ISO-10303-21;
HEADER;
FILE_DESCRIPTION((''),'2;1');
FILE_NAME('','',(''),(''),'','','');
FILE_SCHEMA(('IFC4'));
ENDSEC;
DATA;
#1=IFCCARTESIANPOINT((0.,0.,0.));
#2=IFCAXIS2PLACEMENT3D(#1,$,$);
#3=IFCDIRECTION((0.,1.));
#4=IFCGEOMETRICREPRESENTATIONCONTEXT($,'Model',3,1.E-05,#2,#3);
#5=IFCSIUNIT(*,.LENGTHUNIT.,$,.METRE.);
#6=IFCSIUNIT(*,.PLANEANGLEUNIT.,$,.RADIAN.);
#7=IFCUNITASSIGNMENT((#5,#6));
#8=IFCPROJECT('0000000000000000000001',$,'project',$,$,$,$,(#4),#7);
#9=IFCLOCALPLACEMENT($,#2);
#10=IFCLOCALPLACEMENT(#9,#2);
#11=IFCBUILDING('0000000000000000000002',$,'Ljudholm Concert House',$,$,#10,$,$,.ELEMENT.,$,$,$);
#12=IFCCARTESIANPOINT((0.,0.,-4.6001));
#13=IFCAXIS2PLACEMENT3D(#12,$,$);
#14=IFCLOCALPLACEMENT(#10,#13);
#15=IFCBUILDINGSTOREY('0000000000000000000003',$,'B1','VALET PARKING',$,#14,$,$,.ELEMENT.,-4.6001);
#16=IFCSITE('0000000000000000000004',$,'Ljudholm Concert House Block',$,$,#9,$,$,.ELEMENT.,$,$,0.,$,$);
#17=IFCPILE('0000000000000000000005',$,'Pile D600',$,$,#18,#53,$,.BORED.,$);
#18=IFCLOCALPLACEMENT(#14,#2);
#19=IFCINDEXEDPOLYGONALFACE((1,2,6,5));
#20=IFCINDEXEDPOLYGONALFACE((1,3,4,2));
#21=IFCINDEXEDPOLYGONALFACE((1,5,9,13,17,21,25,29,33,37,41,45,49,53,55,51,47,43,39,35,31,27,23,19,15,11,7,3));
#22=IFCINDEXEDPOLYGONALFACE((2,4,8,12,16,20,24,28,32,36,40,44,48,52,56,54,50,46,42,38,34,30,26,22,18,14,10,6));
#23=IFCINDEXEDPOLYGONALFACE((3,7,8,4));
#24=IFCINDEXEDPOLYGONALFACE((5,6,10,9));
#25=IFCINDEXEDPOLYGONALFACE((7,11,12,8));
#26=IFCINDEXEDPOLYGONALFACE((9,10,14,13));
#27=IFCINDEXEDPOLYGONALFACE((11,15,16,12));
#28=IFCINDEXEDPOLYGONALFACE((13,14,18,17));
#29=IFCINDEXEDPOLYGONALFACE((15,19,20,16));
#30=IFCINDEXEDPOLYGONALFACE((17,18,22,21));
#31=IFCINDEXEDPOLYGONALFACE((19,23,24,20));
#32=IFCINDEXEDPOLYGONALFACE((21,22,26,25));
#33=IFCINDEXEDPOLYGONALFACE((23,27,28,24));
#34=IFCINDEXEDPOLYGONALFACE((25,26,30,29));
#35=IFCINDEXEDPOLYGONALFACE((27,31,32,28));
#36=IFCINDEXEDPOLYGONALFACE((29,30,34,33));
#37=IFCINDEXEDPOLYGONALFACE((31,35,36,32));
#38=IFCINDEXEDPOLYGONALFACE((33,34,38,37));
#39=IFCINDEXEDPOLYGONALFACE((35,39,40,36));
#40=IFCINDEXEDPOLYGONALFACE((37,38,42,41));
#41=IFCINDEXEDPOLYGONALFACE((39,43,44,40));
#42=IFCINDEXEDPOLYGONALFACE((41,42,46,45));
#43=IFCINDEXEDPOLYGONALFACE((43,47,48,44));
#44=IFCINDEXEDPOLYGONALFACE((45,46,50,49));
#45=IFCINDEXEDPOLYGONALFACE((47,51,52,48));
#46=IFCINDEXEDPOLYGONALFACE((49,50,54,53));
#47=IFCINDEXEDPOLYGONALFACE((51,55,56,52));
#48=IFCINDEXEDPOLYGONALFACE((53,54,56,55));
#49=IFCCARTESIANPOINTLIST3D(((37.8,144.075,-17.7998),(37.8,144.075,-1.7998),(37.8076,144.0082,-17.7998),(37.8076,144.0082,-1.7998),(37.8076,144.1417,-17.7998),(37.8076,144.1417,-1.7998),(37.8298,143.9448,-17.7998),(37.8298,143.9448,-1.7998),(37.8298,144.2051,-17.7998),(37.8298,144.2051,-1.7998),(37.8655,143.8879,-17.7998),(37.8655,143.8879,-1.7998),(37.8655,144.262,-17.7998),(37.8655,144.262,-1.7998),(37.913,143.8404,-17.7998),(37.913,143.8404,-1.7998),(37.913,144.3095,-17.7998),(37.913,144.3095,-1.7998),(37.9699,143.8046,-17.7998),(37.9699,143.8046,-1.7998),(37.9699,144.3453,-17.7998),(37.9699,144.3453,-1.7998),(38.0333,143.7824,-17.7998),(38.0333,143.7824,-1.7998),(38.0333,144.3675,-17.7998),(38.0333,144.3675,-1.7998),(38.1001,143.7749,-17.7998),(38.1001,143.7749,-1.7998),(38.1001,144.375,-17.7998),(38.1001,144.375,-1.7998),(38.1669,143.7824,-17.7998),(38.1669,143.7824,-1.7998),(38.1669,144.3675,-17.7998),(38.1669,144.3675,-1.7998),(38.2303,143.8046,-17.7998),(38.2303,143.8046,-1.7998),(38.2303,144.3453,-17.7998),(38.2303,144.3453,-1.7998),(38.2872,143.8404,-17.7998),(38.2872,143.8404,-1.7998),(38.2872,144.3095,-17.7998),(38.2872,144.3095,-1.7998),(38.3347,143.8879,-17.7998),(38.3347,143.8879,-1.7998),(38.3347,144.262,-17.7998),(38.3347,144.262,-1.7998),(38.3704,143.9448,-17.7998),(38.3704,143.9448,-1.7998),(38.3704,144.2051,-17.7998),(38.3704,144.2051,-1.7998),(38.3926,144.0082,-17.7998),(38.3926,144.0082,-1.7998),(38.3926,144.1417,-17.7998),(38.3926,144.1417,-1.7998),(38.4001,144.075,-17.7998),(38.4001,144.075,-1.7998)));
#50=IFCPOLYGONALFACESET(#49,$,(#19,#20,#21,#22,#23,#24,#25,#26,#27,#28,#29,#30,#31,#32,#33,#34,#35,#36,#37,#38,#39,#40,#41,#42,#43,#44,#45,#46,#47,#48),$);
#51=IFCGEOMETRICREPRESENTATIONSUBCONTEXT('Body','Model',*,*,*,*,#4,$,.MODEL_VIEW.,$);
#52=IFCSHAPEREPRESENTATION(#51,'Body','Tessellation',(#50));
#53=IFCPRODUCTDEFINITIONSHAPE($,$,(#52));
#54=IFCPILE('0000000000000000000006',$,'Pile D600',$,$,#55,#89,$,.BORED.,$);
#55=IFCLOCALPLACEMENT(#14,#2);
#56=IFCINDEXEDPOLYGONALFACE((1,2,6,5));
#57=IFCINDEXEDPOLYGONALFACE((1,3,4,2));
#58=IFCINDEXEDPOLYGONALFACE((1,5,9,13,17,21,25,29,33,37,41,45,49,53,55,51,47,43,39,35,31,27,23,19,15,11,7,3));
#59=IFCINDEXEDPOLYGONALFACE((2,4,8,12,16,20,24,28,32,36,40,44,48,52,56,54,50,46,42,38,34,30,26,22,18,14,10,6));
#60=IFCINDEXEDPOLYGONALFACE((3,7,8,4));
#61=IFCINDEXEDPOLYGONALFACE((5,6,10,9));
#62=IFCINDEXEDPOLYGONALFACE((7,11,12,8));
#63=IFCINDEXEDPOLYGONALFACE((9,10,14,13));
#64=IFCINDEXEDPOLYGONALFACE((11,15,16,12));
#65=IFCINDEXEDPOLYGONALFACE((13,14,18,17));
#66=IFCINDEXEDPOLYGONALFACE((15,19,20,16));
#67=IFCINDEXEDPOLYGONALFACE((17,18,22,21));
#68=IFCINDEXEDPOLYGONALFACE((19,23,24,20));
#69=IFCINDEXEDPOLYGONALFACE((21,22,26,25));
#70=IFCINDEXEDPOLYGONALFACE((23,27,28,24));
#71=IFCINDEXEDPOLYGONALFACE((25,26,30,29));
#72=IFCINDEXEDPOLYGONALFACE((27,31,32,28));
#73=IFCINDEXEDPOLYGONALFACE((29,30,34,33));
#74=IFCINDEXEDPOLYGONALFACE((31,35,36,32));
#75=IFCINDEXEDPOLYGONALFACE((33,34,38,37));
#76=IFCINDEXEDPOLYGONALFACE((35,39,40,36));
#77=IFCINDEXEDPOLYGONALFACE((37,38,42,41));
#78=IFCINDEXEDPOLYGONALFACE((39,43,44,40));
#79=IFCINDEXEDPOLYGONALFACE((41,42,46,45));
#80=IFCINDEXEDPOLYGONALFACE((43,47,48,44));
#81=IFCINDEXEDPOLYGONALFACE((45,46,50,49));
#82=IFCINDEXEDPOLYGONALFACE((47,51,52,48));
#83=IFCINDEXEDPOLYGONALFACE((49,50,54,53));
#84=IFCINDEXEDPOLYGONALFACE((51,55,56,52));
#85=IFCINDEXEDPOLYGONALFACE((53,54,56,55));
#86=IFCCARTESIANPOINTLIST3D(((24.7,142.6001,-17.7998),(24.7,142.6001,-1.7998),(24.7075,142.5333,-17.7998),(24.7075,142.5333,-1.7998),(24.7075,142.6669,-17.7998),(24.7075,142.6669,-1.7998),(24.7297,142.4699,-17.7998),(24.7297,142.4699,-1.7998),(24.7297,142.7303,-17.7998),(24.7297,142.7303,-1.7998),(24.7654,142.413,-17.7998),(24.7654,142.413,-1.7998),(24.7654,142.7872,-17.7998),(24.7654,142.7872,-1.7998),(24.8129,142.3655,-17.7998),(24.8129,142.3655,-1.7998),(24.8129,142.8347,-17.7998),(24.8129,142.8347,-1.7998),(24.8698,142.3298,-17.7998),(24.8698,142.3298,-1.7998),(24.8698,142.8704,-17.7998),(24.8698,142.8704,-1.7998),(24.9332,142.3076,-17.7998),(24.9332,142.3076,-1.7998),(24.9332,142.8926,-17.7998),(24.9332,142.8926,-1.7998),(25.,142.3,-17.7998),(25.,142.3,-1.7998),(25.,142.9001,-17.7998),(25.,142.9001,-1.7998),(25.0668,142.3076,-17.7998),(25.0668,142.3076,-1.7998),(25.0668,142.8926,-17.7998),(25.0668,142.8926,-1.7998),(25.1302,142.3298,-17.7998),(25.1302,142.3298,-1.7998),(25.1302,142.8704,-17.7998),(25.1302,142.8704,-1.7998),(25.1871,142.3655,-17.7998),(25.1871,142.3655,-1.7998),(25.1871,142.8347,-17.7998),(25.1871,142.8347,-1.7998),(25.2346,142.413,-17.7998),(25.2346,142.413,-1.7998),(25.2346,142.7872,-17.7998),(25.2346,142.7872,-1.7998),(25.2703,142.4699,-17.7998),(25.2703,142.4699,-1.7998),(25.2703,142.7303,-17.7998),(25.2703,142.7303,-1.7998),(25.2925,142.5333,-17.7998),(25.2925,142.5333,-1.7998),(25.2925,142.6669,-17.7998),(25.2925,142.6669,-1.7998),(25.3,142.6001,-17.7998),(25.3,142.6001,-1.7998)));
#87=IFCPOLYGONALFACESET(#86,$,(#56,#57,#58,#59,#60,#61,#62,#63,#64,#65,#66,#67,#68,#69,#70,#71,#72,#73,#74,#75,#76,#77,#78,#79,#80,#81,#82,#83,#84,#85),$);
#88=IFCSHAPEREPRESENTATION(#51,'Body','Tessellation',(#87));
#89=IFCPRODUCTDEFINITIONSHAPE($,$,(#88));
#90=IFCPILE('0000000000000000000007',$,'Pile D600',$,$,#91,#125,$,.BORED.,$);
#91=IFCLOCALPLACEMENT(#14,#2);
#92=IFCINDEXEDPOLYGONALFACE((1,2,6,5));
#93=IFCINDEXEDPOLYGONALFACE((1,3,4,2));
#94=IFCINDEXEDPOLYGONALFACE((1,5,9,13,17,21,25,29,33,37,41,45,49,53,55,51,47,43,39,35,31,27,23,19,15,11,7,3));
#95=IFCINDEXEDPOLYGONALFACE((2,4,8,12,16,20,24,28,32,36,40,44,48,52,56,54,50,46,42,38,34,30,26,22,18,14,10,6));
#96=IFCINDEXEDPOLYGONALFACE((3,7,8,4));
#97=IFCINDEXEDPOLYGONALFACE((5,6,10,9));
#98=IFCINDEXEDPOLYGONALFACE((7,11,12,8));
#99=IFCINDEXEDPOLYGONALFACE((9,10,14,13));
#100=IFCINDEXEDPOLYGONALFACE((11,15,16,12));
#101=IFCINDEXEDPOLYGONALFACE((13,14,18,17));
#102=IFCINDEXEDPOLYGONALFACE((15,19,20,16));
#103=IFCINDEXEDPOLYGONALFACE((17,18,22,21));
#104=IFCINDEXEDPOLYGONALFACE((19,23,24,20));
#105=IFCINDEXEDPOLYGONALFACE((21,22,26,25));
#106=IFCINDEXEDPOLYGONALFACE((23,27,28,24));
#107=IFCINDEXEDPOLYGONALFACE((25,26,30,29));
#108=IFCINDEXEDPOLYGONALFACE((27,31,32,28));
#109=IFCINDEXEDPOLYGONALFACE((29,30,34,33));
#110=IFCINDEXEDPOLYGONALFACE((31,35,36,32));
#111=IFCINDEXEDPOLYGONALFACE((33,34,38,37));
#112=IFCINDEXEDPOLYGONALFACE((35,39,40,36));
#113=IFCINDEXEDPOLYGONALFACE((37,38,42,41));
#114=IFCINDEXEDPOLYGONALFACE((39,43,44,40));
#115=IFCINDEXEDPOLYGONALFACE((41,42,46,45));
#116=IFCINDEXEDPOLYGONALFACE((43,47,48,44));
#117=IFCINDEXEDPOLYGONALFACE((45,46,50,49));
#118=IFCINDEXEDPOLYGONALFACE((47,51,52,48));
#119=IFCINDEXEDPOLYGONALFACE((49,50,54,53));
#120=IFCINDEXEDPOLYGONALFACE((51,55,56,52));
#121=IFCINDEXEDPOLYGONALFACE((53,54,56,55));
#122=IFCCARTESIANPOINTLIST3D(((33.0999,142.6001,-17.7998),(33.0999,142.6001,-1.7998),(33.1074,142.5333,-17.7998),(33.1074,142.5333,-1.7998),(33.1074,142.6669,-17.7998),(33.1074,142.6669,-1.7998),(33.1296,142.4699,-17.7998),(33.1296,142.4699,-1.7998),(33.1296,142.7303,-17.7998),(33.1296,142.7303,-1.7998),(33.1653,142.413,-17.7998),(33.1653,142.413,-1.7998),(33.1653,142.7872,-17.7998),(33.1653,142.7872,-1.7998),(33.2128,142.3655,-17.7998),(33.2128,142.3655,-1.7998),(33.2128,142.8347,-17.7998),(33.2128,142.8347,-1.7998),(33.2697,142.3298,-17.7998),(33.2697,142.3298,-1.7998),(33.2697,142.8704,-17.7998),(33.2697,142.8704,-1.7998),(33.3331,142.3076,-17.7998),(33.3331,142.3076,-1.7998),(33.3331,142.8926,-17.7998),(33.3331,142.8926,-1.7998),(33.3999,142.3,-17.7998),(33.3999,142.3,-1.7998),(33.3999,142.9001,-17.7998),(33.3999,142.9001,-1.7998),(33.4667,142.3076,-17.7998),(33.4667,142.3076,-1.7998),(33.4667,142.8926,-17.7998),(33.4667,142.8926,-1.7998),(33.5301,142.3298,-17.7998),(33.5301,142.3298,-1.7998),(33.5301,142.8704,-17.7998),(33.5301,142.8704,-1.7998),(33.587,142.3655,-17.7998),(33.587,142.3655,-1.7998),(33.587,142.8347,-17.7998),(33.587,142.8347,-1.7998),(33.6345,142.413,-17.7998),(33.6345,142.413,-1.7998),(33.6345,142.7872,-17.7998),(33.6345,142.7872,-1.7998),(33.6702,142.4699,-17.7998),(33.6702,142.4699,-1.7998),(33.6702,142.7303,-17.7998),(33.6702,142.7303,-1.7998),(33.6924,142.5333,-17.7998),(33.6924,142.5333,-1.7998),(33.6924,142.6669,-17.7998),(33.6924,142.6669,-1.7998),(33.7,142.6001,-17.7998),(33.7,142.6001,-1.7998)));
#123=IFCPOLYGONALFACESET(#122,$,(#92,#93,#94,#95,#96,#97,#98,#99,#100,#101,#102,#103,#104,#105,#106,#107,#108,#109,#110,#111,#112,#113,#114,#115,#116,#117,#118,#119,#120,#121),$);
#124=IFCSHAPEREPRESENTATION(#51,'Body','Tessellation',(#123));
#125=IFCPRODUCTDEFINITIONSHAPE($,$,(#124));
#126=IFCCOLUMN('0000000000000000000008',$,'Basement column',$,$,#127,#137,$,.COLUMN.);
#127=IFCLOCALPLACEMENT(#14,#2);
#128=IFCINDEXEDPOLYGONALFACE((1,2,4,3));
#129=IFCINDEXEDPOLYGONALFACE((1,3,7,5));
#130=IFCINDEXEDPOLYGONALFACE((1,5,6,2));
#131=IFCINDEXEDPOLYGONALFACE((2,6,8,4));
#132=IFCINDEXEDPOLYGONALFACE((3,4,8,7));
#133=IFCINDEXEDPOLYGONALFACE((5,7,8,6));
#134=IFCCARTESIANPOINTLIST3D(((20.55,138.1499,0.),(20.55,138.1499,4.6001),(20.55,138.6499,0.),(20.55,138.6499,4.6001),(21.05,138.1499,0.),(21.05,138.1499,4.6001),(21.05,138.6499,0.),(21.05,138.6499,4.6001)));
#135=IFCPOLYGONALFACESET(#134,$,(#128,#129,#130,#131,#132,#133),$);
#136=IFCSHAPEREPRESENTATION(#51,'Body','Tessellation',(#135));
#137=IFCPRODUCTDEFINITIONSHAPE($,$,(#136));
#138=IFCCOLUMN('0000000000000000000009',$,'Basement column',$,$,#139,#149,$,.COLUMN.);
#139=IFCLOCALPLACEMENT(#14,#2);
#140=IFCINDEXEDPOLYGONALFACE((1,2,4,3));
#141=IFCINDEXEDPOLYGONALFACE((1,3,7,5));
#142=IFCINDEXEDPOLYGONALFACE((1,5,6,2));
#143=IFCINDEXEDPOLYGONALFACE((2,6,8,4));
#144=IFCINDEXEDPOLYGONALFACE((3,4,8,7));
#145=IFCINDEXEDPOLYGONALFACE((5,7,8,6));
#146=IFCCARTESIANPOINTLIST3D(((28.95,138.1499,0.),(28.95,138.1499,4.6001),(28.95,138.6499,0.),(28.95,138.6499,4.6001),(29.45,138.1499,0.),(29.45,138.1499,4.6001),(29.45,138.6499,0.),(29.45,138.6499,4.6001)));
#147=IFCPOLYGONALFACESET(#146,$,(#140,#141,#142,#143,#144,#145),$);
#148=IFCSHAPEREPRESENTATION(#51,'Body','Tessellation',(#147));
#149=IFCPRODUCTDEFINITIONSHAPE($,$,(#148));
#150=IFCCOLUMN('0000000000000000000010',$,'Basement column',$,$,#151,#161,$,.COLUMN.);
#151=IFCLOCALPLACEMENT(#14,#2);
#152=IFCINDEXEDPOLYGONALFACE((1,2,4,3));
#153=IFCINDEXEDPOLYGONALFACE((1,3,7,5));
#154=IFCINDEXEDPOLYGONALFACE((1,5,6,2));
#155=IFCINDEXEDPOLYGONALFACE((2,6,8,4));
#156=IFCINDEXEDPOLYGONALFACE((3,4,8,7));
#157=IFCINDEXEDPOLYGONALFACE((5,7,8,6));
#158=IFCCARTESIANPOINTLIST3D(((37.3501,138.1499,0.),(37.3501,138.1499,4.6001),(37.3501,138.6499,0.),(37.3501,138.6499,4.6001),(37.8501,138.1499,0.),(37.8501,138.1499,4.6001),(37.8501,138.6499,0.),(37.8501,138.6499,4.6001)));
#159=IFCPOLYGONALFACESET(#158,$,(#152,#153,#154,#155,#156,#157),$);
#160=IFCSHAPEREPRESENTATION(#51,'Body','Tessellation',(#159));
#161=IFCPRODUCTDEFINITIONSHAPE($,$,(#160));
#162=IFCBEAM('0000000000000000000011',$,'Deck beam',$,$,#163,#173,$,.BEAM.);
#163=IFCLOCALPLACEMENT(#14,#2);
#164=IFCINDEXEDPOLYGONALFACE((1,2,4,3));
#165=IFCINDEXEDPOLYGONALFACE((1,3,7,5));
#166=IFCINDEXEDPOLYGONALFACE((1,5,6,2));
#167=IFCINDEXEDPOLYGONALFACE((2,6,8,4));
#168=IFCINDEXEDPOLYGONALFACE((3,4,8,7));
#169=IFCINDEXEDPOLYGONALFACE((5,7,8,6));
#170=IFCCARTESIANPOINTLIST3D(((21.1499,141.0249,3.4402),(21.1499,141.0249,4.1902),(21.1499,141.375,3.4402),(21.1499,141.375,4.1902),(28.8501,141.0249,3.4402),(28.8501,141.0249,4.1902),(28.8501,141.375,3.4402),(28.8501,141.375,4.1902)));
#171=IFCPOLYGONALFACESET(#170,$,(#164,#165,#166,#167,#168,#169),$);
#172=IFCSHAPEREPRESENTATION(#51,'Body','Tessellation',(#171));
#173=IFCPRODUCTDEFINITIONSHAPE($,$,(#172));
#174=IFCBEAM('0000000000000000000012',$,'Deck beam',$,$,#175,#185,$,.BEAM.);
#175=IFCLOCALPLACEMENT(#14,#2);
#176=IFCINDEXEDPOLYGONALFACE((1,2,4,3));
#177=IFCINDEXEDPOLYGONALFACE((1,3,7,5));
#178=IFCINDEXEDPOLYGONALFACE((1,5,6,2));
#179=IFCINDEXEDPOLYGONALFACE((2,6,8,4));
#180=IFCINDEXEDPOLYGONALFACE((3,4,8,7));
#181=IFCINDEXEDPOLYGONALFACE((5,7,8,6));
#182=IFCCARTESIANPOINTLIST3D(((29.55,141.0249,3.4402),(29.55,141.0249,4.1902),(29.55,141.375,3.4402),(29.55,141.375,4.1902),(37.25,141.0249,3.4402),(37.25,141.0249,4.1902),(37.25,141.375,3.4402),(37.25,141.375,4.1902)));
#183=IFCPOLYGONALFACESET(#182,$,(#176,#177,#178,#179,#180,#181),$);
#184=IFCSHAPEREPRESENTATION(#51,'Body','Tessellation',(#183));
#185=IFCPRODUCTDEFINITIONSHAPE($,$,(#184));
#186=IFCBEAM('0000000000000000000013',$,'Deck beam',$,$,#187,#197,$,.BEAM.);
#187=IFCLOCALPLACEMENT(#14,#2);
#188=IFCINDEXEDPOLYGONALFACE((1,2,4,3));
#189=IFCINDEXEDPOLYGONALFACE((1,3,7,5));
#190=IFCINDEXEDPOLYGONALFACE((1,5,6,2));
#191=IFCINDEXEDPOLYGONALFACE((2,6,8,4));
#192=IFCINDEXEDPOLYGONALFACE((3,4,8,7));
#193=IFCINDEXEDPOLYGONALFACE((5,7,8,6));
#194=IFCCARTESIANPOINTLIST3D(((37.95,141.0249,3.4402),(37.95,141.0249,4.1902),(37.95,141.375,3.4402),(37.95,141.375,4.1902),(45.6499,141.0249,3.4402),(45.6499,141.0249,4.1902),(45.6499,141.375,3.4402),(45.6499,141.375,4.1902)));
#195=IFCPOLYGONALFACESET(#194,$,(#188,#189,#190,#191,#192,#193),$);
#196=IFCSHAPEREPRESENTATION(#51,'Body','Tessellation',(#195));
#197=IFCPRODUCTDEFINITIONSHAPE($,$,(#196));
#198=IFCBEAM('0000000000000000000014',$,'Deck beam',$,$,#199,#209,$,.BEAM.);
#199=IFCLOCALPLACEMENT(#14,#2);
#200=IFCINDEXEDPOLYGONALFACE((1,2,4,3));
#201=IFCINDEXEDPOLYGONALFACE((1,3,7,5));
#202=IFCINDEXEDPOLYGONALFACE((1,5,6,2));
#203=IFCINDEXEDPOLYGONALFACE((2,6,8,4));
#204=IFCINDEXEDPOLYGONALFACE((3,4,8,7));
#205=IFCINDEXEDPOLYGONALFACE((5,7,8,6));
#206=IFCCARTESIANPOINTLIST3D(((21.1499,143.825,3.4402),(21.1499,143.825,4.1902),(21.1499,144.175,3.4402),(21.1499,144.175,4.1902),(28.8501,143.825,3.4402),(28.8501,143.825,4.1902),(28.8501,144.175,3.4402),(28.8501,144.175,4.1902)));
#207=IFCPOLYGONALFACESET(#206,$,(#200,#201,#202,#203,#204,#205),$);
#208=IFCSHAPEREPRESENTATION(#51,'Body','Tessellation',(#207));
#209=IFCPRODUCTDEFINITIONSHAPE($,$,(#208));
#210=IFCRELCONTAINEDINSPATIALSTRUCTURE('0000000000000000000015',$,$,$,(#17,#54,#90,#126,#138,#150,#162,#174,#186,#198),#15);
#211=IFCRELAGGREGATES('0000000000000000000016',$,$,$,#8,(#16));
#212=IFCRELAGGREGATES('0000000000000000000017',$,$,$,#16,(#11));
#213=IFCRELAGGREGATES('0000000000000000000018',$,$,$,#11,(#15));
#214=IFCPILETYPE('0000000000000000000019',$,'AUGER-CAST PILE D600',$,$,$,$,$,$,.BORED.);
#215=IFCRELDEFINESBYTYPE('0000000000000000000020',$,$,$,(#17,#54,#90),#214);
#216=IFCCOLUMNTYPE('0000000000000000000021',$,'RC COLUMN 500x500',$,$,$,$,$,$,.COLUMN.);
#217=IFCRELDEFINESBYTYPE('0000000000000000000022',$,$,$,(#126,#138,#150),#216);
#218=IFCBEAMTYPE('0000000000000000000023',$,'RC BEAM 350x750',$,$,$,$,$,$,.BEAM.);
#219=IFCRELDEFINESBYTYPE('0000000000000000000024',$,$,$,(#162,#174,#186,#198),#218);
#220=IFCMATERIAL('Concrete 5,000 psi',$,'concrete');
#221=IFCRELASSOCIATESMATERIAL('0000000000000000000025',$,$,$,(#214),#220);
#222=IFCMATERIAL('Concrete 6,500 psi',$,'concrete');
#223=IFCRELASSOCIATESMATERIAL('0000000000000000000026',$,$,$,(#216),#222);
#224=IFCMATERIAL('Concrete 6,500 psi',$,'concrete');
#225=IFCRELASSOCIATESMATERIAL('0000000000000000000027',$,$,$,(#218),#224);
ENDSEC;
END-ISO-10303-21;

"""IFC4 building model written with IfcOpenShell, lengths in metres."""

from ifc_helpers import new_model, si_unit, direction, frame, origin, origin_2d, place, context, subcontext, project, spatial, rectangle, circle, extrude, material, material_profile, profile_set, type_object, element, save


model = new_model("IFC4")

# Units and contexts
model_context = context("Model", 3, precision=1e-05, world=origin(), true_north=direction((0.0, 1.0)))
body_context = subcontext(model_context, "Body", "Model", "MODEL_VIEW")
ifc_project = project(units=[si_unit("LENGTHUNIT", "METRE"), si_unit("PLANEANGLEUNIT", "RADIAN")], contexts=[model_context])

# Site, building, storey
site_placement = place(None, origin())
site = spatial("IfcSite", under=ifc_project, at=site_placement, Name="Ljudholm Concert House Block", CompositionType="ELEMENT", RefElevation=0.0)
building_placement = place(site_placement, origin())
building = spatial("IfcBuilding", under=site, at=building_placement, Name="Ljudholm Concert House", CompositionType="ELEMENT")
storey_placement = place(building_placement, frame((0.0, 0.0, -4.6001)))
storey = spatial("IfcBuildingStorey", under=building, at=storey_placement, Name="B1", Description="VALET PARKING", CompositionType="ELEMENT", Elevation=-4.6001)

# Piles
ifc_material_1 = material(Name="Concrete 5,000 psi", Category="concrete")
ifc_material_profile_1 = material_profile(ifc_material_1, circle(Radius=0.3, at=origin_2d()), Name="AUGER-CAST PILE D600")
ifc_profile_set_1 = profile_set([ifc_material_profile_1], Name="Concrete 5,000 psi")
pile_type = type_object("IfcPileType", Name="AUGER-CAST PILE D600", PredefinedType="BORED", material=ifc_profile_set_1)
for number, where, z_axis, x_axis, name in (
    (1, (38.1001, 144.075, -1.7998), (0.0, 0.0, -1.0), (1.0, 0.0, 0.0), "Pile D600"),
    (2, (25.0, 142.6001, -1.7998), (0.0, 0.0, -1.0), (1.0, 0.0, 0.0), "Pile D600"),
    (3, (33.3999, 142.6001, -1.7998), (0.0, 0.0, -1.0), (1.0, 0.0, 0.0), "Pile D600"),
):
    element("IfcPile", number, at=place(storey_placement, frame(where, z_axis=z_axis, x_axis=x_axis)), inside=storey, type_object=pile_type, Name=name, PredefinedType="BORED", context=body_context, shape_type="SweptSolid", body=[
        extrude(circle(Radius=0.3, at=origin_2d()), origin(), (0.0, 0.0, 1.0), 16.0),
    ])

# Columns
ifc_material_2 = material(Name="Concrete 6,500 psi", Category="concrete")
ifc_material_profile_2 = material_profile(ifc_material_2, rectangle(XDim=0.5, YDim=0.5, at=origin_2d()), Name="RC COLUMN 500x500")
ifc_profile_set_2 = profile_set([ifc_material_profile_2], Name="Concrete 6,500 psi")
column_type = type_object("IfcColumnType", Name="RC COLUMN 500x500", PredefinedType="COLUMN", material=ifc_profile_set_2)
for number, where, z_axis, x_axis, name in (
    (4, (20.8, 138.3999, 0.0), (0.0, 0.0, 1.0), (1.0, 0.0, 0.0), "Basement column"),
    (5, (29.2, 138.3999, 0.0), (0.0, 0.0, 1.0), (1.0, 0.0, 0.0), "Basement column"),
    (6, (37.6001, 138.3999, 0.0), (0.0, 0.0, 1.0), (1.0, 0.0, 0.0), "Basement column"),
):
    element("IfcColumn", number, at=place(storey_placement, frame(where, z_axis=z_axis, x_axis=x_axis)), inside=storey, type_object=column_type, Name=name, PredefinedType="COLUMN", context=body_context, shape_type="SweptSolid", body=[
        extrude(rectangle(XDim=0.5, YDim=0.5, at=origin_2d()), origin(), (0.0, 0.0, 1.0), 4.6001),
    ])

# Beams
ifc_material_3 = material(Name="Concrete 6,500 psi", Category="concrete")
ifc_material_profile_3 = material_profile(ifc_material_3, rectangle(XDim=0.3501, YDim=0.75, at=origin_2d()), Name="RC BEAM 350x750")
ifc_profile_set_3 = profile_set([ifc_material_profile_3], Name="Concrete 6,500 psi")
beam_type_1 = type_object("IfcBeamType", Name="RC BEAM 350x750", PredefinedType="BEAM", material=ifc_profile_set_3)
beam_1_placement = place(storey_placement, frame((21.1499, 141.2, 3.8152), z_axis=(1.0, 0.0, 0.0), x_axis=(0.0, 1.0, 0.0)))
element("IfcBeam", 7, at=beam_1_placement, inside=storey, type_object=beam_type_1, Name="Deck beam", PredefinedType="BEAM", context=body_context, shape_type="SweptSolid", body=[
    extrude(rectangle(XDim=0.3501, YDim=0.75, at=origin_2d()), origin(), (0.0, 0.0, 1.0), 7.7002),
])
for number, where, z_axis, x_axis, name in (
    (8, (29.55, 141.2, 3.8152), (1.0, 0.0, 0.0), (0.0, 1.0, 0.0), "Deck beam"),
    (9, (37.95, 141.2, 3.8152), (1.0, 0.0, 0.0), (0.0, 1.0, 0.0), "Deck beam"),
):
    element("IfcBeam", number, at=place(storey_placement, frame(where, z_axis=z_axis, x_axis=x_axis)), inside=storey, type_object=beam_type_1, Name=name, PredefinedType="BEAM", context=body_context, shape_type="SweptSolid", body=[
        extrude(rectangle(XDim=0.3501, YDim=0.75, at=origin_2d()), origin(), (0.0, 0.0, 1.0), 7.7),
    ])
beam_2_placement = place(storey_placement, frame((21.1499, 144.0, 3.8152), z_axis=(1.0, 0.0, 0.0), x_axis=(0.0, 1.0, 0.0)))
element("IfcBeam", 10, at=beam_2_placement, inside=storey, type_object=beam_type_1, Name="Deck beam", PredefinedType="BEAM", context=body_context, shape_type="SweptSolid", body=[
    extrude(rectangle(XDim=0.3501, YDim=0.75, at=origin_2d()), origin(), (0.0, 0.0, 1.0), 7.7002),
])

save(model, "model.ifc")
